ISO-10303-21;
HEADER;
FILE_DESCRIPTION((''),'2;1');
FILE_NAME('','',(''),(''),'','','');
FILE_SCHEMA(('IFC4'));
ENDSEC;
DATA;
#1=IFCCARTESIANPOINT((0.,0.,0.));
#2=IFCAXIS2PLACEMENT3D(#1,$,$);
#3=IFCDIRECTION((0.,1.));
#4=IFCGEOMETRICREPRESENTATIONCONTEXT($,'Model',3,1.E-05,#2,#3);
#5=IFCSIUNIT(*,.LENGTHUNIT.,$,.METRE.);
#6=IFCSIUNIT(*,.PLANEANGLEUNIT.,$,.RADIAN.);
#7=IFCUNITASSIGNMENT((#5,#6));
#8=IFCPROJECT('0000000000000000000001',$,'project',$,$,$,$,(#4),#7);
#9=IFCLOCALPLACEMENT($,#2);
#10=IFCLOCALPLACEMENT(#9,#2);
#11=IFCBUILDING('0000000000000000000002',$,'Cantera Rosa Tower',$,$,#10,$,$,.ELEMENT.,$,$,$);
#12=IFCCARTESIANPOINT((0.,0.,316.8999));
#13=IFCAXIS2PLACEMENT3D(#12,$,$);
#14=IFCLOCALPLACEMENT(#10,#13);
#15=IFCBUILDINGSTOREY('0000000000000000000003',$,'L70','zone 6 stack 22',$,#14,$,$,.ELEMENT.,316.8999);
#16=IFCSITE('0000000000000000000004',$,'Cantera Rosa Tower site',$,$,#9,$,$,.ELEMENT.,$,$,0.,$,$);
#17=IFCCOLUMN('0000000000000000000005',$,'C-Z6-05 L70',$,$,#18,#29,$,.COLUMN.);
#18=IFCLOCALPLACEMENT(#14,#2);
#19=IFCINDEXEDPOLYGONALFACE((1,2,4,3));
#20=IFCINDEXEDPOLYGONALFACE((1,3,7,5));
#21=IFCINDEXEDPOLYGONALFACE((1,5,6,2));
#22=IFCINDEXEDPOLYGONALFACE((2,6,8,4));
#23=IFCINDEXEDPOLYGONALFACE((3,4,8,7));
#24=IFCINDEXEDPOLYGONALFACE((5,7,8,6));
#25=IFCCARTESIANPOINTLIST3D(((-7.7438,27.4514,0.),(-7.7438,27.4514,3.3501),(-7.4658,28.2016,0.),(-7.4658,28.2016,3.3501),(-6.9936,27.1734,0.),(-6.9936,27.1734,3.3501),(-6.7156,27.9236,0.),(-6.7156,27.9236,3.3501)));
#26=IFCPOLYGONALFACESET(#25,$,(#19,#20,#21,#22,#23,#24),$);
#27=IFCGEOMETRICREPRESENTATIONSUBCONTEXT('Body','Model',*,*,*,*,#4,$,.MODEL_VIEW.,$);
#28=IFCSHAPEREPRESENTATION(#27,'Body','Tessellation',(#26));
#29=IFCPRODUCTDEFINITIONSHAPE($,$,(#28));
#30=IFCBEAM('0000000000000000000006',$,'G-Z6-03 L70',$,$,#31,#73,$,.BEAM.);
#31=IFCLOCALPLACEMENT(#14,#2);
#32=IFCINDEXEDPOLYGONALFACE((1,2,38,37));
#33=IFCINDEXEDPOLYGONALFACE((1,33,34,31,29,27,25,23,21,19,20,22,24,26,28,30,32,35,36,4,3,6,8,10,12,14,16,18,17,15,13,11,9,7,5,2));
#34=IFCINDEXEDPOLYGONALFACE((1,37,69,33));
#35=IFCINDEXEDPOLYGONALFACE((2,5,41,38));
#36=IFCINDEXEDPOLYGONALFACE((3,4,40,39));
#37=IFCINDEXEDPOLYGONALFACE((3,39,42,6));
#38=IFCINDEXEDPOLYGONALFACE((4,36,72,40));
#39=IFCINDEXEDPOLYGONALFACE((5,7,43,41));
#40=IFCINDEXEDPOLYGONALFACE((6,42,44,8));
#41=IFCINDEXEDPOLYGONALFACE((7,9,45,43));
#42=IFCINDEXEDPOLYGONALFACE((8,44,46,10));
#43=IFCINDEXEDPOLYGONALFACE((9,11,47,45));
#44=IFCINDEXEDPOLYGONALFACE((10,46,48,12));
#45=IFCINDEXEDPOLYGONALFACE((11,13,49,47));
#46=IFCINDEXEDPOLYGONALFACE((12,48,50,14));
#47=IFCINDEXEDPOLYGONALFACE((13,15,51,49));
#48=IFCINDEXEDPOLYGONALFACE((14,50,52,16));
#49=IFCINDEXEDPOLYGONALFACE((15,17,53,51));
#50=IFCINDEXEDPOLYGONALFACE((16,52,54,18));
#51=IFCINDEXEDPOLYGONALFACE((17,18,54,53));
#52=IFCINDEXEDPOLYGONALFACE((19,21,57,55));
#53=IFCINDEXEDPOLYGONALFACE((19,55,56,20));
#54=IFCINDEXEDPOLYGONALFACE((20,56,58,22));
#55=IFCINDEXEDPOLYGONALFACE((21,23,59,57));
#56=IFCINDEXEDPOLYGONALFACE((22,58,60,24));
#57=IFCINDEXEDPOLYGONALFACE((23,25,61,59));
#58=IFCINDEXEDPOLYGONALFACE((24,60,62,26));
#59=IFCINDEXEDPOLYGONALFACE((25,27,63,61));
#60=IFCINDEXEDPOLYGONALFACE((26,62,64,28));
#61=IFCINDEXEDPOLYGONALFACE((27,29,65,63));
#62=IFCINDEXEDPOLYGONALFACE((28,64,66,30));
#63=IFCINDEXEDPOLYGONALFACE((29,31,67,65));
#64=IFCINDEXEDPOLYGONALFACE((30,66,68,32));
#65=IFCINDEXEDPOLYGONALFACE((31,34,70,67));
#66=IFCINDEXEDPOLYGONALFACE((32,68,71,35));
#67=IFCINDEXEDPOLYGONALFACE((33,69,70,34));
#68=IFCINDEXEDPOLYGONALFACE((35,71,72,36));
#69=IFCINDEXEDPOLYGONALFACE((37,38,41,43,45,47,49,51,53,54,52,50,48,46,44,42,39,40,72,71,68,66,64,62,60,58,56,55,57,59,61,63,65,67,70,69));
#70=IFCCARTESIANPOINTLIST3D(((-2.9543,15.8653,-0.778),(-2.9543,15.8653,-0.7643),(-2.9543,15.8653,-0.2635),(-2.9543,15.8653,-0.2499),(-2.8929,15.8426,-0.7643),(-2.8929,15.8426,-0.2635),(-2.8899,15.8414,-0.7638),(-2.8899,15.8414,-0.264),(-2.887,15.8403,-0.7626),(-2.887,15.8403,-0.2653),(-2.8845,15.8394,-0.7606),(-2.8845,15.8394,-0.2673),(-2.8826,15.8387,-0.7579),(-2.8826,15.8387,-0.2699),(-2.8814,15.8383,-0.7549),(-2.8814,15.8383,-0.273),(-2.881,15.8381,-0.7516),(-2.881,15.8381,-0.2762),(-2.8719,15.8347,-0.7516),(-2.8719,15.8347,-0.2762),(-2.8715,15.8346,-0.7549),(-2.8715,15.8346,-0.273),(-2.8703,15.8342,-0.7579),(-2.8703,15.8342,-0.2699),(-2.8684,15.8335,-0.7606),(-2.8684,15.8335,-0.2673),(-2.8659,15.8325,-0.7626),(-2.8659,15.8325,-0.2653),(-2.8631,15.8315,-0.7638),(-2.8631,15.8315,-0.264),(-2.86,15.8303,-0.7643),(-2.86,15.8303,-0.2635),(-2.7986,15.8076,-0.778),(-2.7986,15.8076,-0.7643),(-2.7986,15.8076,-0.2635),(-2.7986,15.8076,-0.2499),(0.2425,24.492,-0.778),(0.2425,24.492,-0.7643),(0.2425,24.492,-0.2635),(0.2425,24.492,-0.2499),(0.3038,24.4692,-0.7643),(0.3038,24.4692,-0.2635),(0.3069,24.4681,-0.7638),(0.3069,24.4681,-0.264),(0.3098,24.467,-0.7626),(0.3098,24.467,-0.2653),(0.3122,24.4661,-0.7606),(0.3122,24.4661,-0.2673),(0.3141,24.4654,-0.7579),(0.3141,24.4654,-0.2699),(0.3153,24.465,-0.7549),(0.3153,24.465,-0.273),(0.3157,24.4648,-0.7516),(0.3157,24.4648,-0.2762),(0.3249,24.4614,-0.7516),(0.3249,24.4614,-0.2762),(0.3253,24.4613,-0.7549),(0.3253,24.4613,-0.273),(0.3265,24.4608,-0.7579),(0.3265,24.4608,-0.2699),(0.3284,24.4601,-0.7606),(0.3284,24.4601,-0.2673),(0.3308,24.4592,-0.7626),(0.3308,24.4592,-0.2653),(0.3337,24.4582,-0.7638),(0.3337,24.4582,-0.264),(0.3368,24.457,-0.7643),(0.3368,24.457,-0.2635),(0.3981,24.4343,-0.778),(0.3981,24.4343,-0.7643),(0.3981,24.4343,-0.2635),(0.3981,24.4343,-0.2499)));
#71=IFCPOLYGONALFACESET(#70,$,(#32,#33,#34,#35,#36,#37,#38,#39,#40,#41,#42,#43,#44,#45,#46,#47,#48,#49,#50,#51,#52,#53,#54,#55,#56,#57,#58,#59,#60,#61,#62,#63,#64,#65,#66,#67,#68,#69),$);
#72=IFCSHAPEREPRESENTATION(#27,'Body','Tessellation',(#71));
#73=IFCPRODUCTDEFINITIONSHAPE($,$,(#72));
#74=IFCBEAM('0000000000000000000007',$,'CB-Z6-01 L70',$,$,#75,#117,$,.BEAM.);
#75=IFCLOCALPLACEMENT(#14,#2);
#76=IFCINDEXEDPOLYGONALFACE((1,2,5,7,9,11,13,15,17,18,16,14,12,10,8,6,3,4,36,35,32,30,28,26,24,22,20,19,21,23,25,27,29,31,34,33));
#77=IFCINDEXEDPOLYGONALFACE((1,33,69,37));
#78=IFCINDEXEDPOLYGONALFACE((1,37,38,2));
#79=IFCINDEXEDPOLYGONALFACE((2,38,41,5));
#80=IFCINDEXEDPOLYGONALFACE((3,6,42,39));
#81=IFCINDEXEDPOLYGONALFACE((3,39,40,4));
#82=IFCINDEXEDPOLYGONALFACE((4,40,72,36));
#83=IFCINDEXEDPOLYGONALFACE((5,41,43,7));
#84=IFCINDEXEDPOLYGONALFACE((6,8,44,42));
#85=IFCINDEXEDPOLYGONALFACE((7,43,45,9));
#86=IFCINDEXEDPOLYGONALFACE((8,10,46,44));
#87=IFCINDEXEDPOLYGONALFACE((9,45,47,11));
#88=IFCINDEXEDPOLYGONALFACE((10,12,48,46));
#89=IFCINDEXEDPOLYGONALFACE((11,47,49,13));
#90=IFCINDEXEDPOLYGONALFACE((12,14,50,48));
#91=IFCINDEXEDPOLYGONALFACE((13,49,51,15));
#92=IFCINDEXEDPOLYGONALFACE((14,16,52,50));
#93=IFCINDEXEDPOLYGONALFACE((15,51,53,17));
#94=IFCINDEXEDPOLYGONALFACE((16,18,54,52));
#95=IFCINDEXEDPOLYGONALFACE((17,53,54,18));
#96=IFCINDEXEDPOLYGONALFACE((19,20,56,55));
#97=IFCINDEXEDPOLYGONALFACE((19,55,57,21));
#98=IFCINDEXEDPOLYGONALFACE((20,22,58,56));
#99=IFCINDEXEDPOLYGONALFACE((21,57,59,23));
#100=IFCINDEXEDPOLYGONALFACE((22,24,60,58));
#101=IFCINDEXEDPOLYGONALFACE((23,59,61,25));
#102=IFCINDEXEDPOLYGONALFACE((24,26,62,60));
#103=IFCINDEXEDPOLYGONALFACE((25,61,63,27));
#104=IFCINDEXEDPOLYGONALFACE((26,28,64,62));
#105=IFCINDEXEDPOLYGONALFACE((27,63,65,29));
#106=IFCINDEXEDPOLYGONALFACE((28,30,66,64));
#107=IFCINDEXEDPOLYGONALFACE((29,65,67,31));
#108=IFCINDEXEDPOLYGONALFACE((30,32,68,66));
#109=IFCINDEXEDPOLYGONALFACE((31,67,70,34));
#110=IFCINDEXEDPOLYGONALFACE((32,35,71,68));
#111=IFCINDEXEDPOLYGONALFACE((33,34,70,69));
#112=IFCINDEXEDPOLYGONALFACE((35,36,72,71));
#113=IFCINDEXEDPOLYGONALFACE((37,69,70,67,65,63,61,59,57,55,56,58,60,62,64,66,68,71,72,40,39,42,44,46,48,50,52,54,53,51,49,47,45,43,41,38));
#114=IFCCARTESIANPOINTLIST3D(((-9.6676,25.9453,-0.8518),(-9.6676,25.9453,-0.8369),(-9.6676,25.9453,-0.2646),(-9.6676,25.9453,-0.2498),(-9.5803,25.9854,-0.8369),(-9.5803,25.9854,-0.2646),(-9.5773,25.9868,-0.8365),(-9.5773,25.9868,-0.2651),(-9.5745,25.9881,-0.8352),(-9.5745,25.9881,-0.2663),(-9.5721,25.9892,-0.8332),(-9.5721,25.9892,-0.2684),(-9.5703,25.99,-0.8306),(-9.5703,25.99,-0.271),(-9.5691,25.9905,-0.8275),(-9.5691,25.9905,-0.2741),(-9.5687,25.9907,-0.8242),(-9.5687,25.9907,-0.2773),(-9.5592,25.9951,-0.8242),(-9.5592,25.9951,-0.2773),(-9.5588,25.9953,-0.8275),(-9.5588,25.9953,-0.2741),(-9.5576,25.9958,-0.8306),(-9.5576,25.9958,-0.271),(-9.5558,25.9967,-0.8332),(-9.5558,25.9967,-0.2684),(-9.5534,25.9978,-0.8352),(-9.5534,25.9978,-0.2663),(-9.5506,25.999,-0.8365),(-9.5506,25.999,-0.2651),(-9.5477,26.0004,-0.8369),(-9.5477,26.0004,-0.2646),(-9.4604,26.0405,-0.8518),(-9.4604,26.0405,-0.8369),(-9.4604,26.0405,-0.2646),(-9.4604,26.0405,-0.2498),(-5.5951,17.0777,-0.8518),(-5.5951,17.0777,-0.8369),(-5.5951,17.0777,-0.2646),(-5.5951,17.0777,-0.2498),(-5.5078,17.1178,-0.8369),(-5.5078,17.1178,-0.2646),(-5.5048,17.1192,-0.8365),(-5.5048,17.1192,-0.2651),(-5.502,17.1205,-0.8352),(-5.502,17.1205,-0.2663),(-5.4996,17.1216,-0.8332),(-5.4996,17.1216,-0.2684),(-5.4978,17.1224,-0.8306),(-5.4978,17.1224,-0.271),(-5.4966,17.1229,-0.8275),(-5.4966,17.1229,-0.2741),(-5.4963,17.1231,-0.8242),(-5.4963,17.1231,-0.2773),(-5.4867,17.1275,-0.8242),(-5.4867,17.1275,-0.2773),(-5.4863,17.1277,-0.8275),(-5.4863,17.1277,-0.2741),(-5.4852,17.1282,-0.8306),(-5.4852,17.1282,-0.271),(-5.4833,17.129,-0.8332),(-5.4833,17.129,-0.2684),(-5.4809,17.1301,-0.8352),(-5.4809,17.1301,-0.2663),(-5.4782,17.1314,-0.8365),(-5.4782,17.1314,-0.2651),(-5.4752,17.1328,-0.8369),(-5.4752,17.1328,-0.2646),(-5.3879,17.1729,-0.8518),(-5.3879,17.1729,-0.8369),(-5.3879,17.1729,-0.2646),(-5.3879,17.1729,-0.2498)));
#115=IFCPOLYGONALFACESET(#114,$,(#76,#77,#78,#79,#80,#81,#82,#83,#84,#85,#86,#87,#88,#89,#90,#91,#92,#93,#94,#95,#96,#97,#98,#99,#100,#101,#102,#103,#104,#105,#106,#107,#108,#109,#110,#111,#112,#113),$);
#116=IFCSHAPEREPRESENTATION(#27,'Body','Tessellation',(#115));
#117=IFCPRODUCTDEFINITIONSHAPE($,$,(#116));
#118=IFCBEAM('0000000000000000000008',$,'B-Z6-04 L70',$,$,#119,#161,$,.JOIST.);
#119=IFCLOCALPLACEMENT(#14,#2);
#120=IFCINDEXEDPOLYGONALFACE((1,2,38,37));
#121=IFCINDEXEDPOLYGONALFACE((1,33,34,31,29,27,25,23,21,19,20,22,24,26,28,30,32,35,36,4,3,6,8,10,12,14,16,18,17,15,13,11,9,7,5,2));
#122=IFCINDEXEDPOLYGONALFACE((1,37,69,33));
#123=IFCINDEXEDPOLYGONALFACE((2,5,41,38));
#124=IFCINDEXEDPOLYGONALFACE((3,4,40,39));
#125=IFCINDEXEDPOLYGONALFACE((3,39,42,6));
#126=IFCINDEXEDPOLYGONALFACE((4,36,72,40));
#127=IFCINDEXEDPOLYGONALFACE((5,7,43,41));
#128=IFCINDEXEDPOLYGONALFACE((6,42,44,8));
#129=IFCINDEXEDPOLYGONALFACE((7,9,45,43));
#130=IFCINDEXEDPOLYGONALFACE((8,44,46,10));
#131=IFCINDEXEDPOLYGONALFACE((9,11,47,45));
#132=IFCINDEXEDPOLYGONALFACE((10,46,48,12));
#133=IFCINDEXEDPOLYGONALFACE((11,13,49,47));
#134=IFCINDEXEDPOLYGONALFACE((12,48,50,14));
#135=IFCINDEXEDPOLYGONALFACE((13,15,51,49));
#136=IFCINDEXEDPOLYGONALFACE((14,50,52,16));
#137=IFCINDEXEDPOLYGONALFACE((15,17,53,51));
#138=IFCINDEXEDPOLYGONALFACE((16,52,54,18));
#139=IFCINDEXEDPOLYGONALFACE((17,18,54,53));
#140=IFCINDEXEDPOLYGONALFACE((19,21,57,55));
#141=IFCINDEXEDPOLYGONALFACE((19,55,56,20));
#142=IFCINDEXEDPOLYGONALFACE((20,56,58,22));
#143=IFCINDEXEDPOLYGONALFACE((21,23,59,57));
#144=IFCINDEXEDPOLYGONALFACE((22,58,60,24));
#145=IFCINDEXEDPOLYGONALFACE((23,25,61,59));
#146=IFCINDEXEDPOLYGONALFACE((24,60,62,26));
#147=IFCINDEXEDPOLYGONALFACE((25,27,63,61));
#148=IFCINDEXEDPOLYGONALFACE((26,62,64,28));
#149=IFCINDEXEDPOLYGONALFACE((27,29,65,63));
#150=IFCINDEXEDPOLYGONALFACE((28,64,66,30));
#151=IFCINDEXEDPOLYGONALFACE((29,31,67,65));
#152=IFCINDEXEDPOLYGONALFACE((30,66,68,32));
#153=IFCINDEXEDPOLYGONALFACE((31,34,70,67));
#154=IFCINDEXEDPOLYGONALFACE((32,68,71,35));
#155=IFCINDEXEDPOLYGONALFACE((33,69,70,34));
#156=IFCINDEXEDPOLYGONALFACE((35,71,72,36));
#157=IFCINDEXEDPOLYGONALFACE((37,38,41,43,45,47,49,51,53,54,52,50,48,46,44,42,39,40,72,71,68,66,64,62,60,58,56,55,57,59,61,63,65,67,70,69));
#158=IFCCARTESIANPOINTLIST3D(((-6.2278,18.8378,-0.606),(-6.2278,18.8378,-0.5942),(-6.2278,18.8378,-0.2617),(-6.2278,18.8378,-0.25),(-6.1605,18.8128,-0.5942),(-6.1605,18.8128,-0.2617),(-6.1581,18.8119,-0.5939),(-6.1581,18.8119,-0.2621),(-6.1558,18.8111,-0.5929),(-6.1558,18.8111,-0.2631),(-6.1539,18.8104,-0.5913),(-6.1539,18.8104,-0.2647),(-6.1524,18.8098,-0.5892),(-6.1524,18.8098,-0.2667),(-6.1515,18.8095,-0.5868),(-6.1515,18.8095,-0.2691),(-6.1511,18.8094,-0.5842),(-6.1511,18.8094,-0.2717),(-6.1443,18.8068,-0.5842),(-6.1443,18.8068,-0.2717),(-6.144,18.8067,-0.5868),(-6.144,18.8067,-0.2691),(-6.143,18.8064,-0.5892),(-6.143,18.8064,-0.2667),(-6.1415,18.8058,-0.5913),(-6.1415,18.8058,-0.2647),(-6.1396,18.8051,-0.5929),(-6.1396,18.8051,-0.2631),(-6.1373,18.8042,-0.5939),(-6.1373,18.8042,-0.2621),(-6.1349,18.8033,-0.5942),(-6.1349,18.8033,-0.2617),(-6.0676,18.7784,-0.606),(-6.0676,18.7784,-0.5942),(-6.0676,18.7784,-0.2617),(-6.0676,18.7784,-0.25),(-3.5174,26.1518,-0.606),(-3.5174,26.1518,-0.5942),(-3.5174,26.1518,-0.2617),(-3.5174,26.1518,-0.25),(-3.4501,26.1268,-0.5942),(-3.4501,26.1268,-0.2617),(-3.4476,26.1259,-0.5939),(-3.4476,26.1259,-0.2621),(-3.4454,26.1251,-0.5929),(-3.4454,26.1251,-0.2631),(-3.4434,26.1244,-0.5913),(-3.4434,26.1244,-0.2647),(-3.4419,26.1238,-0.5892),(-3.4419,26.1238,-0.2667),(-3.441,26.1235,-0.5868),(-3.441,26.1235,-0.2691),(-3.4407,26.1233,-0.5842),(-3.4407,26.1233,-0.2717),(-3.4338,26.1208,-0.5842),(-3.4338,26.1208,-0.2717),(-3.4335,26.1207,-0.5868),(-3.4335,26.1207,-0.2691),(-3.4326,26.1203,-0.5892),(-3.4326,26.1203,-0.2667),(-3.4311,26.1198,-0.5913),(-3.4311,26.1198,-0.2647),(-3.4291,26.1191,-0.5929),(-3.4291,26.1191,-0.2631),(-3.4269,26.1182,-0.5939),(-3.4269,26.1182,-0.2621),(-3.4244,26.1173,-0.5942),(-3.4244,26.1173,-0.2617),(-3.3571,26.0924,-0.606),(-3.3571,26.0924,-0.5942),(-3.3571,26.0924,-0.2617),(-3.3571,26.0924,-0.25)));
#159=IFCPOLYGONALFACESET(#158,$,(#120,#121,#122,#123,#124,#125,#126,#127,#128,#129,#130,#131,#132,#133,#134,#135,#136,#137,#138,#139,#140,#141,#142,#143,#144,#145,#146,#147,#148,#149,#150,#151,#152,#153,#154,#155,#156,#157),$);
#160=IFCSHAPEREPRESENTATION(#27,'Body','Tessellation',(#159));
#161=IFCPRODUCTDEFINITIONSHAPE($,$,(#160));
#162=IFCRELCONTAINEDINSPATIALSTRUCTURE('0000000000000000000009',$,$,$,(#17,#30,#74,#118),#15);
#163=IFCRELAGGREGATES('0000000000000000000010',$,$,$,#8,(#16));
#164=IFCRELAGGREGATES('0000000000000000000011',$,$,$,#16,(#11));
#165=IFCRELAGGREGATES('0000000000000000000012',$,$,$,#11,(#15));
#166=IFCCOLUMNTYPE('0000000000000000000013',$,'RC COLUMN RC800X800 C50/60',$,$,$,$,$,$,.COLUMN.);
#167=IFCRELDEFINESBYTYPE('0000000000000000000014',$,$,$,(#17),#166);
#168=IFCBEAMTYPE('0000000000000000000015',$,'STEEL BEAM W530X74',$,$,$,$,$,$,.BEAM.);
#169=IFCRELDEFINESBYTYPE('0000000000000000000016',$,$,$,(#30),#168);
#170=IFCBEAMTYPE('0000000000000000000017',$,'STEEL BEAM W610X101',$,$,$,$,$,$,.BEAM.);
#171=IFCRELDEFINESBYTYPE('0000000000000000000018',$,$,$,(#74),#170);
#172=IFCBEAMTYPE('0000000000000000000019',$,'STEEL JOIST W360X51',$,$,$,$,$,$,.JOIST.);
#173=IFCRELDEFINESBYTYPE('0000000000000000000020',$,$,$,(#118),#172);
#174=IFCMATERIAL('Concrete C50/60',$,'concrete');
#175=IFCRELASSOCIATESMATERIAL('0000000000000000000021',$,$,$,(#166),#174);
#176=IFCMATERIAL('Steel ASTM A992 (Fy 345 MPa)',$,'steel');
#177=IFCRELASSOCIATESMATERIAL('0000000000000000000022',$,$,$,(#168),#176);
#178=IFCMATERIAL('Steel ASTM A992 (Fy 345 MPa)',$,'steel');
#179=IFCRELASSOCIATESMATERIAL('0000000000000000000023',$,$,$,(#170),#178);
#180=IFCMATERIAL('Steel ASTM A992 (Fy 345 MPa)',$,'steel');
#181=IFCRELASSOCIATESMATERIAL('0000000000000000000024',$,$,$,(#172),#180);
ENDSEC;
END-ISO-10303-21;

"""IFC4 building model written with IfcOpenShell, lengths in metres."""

from ifc_helpers import new_model, si_unit, direction, frame, origin, origin_2d, place, context, subcontext, project, spatial, rectangle, i_section, extrude, material, material_profile, profile_set, type_object, element, save


model = new_model("IFC4")

# Units and contexts
model_context = context("Model", 3, precision=1e-05, world=origin(), true_north=direction((0.0, 1.0)))
body_context = subcontext(model_context, "Body", "Model", "MODEL_VIEW")
ifc_project = project(units=[si_unit("LENGTHUNIT", "METRE"), si_unit("PLANEANGLEUNIT", "RADIAN")], contexts=[model_context])

# Site, building, storey
site_placement = place(None, origin())
site = spatial("IfcSite", under=ifc_project, at=site_placement, Name="Cantera Rosa Tower site", CompositionType="ELEMENT", RefElevation=0.0)
building_placement = place(site_placement, origin())
building = spatial("IfcBuilding", under=site, at=building_placement, Name="Cantera Rosa Tower", CompositionType="ELEMENT")
storey_placement = place(building_placement, frame((0.0, 0.0, 316.8999)))
storey = spatial("IfcBuildingStorey", under=building, at=storey_placement, Name="L70", Description="zone 6 stack 22", CompositionType="ELEMENT", Elevation=316.8999)

# Column
ifc_material_1 = material(Name="Concrete C50/60", Category="concrete")
ifc_material_profile_1 = material_profile(ifc_material_1, rectangle(XDim=0.8, YDim=0.8, at=origin_2d()), Name="RC COLUMN RC800X800 C50/60")
ifc_profile_set_1 = profile_set([ifc_material_profile_1], Name="Concrete C50/60")
column_type = type_object("IfcColumnType", Name="RC COLUMN RC800X800 C50/60", PredefinedType="COLUMN", material=ifc_profile_set_1)
column_placement = place(storey_placement, frame((-7.2297, 27.6875, 0.0), z_axis=(0.0, 0.0, 1.0), x_axis=(0.347481, 0.937687, 0.0)))
element("IfcColumn", 1, at=column_placement, inside=storey, type_object=column_type, Name="C-Z6-05 L70", PredefinedType="COLUMN", context=body_context, shape_type="SweptSolid", body=[
    extrude(rectangle(XDim=0.8, YDim=0.8, at=origin_2d()), origin(), (0.0, 0.0, 1.0), 3.3501),
])

# Beams
ifc_material_2 = material(Name="Steel ASTM A992 (Fy 345 MPa)", Category="steel")
ifc_material_profile_2 = material_profile(ifc_material_2, i_section(OverallWidth=0.166, OverallDepth=0.5281, WebThickness=0.0098, FlangeThickness=0.0137, FilletRadius=0.0127, at=origin_2d()), Name="W530X74")
ifc_profile_set_2 = profile_set([ifc_material_profile_2], Name="Steel ASTM A992 (Fy 345 MPa)")
beam_type_1 = type_object("IfcBeamType", Name="STEEL BEAM W530X74", PredefinedType="BEAM", material=ifc_profile_set_2)
beam_1_placement = place(storey_placement, frame((0.3203, 24.4631, -0.5139), z_axis=(-0.347477, -0.937689, 0.0), x_axis=(0.937689, -0.347477, 0.0)))
element("IfcBeam", 2, at=beam_1_placement, inside=storey, type_object=beam_type_1, Name="G-Z6-03 L70", PredefinedType="BEAM", context=body_context, shape_type="SweptSolid", body=[
    extrude(i_section(OverallWidth=0.166, OverallDepth=0.5281, WebThickness=0.0098, FlangeThickness=0.0137, FilletRadius=0.0127, at=origin_2d()), origin(), (0.0, 0.0, 1.0), 9.2),
])
ifc_material_3 = material(Name="Steel ASTM A992 (Fy 345 MPa)", Category="steel")
ifc_material_profile_3 = material_profile(ifc_material_3, i_section(OverallWidth=0.228, OverallDepth=0.6021, WebThickness=0.0105, FlangeThickness=0.0149, FilletRadius=0.0127, at=origin_2d()), Name="W610X101")
ifc_profile_set_3 = profile_set([ifc_material_profile_3], Name="Steel ASTM A992 (Fy 345 MPa)")
beam_type_2 = type_object("IfcBeamType", Name="STEEL BEAM W610X101", PredefinedType="BEAM", material=ifc_profile_set_3)
beam_2_placement = place(storey_placement, frame((-9.564, 25.9929, -0.5508), z_axis=(0.417346, -0.908748, 0.0), x_axis=(0.908748, 0.417346, 0.0)))
element("IfcBeam", 3, at=beam_2_placement, inside=storey, type_object=beam_type_2, Name="CB-Z6-01 L70", PredefinedType="BEAM", context=body_context, shape_type="SweptSolid", body=[
    extrude(i_section(OverallWidth=0.228, OverallDepth=0.6021, WebThickness=0.0105, FlangeThickness=0.0149, FilletRadius=0.0127, at=origin_2d()), origin(), (0.0, 0.0, 1.0), 9.7581),
])
ifc_material_4 = material(Name="Steel ASTM A992 (Fy 345 MPa)", Category="steel")
ifc_material_profile_4 = material_profile(ifc_material_4, i_section(OverallWidth=0.1709, OverallDepth=0.356, WebThickness=0.0073, FlangeThickness=0.0117, FilletRadius=0.01, at=origin_2d()), Name="W360X51")
ifc_profile_set_4 = profile_set([ifc_material_profile_4], Name="Steel ASTM A992 (Fy 345 MPa)")
beam_type_3 = type_object("IfcBeamType", Name="STEEL JOIST W360X51", PredefinedType="JOIST", material=ifc_profile_set_4)
beam_3_placement = place(storey_placement, frame((-3.4373, 26.1221, -0.428), z_axis=(-0.347492, -0.937683, 0.0), x_axis=(0.937683, -0.347492, 0.0)))
element("IfcBeam", 4, at=beam_3_placement, inside=storey, type_object=beam_type_3, Name="B-Z6-04 L70", PredefinedType="JOIST", context=body_context, shape_type="SweptSolid", body=[
    extrude(i_section(OverallWidth=0.1709, OverallDepth=0.356, WebThickness=0.0073, FlangeThickness=0.0117, FilletRadius=0.01, at=origin_2d()), origin(), (0.0, 0.0, 1.0), 7.8),
])

save(model, "model.ifc")
